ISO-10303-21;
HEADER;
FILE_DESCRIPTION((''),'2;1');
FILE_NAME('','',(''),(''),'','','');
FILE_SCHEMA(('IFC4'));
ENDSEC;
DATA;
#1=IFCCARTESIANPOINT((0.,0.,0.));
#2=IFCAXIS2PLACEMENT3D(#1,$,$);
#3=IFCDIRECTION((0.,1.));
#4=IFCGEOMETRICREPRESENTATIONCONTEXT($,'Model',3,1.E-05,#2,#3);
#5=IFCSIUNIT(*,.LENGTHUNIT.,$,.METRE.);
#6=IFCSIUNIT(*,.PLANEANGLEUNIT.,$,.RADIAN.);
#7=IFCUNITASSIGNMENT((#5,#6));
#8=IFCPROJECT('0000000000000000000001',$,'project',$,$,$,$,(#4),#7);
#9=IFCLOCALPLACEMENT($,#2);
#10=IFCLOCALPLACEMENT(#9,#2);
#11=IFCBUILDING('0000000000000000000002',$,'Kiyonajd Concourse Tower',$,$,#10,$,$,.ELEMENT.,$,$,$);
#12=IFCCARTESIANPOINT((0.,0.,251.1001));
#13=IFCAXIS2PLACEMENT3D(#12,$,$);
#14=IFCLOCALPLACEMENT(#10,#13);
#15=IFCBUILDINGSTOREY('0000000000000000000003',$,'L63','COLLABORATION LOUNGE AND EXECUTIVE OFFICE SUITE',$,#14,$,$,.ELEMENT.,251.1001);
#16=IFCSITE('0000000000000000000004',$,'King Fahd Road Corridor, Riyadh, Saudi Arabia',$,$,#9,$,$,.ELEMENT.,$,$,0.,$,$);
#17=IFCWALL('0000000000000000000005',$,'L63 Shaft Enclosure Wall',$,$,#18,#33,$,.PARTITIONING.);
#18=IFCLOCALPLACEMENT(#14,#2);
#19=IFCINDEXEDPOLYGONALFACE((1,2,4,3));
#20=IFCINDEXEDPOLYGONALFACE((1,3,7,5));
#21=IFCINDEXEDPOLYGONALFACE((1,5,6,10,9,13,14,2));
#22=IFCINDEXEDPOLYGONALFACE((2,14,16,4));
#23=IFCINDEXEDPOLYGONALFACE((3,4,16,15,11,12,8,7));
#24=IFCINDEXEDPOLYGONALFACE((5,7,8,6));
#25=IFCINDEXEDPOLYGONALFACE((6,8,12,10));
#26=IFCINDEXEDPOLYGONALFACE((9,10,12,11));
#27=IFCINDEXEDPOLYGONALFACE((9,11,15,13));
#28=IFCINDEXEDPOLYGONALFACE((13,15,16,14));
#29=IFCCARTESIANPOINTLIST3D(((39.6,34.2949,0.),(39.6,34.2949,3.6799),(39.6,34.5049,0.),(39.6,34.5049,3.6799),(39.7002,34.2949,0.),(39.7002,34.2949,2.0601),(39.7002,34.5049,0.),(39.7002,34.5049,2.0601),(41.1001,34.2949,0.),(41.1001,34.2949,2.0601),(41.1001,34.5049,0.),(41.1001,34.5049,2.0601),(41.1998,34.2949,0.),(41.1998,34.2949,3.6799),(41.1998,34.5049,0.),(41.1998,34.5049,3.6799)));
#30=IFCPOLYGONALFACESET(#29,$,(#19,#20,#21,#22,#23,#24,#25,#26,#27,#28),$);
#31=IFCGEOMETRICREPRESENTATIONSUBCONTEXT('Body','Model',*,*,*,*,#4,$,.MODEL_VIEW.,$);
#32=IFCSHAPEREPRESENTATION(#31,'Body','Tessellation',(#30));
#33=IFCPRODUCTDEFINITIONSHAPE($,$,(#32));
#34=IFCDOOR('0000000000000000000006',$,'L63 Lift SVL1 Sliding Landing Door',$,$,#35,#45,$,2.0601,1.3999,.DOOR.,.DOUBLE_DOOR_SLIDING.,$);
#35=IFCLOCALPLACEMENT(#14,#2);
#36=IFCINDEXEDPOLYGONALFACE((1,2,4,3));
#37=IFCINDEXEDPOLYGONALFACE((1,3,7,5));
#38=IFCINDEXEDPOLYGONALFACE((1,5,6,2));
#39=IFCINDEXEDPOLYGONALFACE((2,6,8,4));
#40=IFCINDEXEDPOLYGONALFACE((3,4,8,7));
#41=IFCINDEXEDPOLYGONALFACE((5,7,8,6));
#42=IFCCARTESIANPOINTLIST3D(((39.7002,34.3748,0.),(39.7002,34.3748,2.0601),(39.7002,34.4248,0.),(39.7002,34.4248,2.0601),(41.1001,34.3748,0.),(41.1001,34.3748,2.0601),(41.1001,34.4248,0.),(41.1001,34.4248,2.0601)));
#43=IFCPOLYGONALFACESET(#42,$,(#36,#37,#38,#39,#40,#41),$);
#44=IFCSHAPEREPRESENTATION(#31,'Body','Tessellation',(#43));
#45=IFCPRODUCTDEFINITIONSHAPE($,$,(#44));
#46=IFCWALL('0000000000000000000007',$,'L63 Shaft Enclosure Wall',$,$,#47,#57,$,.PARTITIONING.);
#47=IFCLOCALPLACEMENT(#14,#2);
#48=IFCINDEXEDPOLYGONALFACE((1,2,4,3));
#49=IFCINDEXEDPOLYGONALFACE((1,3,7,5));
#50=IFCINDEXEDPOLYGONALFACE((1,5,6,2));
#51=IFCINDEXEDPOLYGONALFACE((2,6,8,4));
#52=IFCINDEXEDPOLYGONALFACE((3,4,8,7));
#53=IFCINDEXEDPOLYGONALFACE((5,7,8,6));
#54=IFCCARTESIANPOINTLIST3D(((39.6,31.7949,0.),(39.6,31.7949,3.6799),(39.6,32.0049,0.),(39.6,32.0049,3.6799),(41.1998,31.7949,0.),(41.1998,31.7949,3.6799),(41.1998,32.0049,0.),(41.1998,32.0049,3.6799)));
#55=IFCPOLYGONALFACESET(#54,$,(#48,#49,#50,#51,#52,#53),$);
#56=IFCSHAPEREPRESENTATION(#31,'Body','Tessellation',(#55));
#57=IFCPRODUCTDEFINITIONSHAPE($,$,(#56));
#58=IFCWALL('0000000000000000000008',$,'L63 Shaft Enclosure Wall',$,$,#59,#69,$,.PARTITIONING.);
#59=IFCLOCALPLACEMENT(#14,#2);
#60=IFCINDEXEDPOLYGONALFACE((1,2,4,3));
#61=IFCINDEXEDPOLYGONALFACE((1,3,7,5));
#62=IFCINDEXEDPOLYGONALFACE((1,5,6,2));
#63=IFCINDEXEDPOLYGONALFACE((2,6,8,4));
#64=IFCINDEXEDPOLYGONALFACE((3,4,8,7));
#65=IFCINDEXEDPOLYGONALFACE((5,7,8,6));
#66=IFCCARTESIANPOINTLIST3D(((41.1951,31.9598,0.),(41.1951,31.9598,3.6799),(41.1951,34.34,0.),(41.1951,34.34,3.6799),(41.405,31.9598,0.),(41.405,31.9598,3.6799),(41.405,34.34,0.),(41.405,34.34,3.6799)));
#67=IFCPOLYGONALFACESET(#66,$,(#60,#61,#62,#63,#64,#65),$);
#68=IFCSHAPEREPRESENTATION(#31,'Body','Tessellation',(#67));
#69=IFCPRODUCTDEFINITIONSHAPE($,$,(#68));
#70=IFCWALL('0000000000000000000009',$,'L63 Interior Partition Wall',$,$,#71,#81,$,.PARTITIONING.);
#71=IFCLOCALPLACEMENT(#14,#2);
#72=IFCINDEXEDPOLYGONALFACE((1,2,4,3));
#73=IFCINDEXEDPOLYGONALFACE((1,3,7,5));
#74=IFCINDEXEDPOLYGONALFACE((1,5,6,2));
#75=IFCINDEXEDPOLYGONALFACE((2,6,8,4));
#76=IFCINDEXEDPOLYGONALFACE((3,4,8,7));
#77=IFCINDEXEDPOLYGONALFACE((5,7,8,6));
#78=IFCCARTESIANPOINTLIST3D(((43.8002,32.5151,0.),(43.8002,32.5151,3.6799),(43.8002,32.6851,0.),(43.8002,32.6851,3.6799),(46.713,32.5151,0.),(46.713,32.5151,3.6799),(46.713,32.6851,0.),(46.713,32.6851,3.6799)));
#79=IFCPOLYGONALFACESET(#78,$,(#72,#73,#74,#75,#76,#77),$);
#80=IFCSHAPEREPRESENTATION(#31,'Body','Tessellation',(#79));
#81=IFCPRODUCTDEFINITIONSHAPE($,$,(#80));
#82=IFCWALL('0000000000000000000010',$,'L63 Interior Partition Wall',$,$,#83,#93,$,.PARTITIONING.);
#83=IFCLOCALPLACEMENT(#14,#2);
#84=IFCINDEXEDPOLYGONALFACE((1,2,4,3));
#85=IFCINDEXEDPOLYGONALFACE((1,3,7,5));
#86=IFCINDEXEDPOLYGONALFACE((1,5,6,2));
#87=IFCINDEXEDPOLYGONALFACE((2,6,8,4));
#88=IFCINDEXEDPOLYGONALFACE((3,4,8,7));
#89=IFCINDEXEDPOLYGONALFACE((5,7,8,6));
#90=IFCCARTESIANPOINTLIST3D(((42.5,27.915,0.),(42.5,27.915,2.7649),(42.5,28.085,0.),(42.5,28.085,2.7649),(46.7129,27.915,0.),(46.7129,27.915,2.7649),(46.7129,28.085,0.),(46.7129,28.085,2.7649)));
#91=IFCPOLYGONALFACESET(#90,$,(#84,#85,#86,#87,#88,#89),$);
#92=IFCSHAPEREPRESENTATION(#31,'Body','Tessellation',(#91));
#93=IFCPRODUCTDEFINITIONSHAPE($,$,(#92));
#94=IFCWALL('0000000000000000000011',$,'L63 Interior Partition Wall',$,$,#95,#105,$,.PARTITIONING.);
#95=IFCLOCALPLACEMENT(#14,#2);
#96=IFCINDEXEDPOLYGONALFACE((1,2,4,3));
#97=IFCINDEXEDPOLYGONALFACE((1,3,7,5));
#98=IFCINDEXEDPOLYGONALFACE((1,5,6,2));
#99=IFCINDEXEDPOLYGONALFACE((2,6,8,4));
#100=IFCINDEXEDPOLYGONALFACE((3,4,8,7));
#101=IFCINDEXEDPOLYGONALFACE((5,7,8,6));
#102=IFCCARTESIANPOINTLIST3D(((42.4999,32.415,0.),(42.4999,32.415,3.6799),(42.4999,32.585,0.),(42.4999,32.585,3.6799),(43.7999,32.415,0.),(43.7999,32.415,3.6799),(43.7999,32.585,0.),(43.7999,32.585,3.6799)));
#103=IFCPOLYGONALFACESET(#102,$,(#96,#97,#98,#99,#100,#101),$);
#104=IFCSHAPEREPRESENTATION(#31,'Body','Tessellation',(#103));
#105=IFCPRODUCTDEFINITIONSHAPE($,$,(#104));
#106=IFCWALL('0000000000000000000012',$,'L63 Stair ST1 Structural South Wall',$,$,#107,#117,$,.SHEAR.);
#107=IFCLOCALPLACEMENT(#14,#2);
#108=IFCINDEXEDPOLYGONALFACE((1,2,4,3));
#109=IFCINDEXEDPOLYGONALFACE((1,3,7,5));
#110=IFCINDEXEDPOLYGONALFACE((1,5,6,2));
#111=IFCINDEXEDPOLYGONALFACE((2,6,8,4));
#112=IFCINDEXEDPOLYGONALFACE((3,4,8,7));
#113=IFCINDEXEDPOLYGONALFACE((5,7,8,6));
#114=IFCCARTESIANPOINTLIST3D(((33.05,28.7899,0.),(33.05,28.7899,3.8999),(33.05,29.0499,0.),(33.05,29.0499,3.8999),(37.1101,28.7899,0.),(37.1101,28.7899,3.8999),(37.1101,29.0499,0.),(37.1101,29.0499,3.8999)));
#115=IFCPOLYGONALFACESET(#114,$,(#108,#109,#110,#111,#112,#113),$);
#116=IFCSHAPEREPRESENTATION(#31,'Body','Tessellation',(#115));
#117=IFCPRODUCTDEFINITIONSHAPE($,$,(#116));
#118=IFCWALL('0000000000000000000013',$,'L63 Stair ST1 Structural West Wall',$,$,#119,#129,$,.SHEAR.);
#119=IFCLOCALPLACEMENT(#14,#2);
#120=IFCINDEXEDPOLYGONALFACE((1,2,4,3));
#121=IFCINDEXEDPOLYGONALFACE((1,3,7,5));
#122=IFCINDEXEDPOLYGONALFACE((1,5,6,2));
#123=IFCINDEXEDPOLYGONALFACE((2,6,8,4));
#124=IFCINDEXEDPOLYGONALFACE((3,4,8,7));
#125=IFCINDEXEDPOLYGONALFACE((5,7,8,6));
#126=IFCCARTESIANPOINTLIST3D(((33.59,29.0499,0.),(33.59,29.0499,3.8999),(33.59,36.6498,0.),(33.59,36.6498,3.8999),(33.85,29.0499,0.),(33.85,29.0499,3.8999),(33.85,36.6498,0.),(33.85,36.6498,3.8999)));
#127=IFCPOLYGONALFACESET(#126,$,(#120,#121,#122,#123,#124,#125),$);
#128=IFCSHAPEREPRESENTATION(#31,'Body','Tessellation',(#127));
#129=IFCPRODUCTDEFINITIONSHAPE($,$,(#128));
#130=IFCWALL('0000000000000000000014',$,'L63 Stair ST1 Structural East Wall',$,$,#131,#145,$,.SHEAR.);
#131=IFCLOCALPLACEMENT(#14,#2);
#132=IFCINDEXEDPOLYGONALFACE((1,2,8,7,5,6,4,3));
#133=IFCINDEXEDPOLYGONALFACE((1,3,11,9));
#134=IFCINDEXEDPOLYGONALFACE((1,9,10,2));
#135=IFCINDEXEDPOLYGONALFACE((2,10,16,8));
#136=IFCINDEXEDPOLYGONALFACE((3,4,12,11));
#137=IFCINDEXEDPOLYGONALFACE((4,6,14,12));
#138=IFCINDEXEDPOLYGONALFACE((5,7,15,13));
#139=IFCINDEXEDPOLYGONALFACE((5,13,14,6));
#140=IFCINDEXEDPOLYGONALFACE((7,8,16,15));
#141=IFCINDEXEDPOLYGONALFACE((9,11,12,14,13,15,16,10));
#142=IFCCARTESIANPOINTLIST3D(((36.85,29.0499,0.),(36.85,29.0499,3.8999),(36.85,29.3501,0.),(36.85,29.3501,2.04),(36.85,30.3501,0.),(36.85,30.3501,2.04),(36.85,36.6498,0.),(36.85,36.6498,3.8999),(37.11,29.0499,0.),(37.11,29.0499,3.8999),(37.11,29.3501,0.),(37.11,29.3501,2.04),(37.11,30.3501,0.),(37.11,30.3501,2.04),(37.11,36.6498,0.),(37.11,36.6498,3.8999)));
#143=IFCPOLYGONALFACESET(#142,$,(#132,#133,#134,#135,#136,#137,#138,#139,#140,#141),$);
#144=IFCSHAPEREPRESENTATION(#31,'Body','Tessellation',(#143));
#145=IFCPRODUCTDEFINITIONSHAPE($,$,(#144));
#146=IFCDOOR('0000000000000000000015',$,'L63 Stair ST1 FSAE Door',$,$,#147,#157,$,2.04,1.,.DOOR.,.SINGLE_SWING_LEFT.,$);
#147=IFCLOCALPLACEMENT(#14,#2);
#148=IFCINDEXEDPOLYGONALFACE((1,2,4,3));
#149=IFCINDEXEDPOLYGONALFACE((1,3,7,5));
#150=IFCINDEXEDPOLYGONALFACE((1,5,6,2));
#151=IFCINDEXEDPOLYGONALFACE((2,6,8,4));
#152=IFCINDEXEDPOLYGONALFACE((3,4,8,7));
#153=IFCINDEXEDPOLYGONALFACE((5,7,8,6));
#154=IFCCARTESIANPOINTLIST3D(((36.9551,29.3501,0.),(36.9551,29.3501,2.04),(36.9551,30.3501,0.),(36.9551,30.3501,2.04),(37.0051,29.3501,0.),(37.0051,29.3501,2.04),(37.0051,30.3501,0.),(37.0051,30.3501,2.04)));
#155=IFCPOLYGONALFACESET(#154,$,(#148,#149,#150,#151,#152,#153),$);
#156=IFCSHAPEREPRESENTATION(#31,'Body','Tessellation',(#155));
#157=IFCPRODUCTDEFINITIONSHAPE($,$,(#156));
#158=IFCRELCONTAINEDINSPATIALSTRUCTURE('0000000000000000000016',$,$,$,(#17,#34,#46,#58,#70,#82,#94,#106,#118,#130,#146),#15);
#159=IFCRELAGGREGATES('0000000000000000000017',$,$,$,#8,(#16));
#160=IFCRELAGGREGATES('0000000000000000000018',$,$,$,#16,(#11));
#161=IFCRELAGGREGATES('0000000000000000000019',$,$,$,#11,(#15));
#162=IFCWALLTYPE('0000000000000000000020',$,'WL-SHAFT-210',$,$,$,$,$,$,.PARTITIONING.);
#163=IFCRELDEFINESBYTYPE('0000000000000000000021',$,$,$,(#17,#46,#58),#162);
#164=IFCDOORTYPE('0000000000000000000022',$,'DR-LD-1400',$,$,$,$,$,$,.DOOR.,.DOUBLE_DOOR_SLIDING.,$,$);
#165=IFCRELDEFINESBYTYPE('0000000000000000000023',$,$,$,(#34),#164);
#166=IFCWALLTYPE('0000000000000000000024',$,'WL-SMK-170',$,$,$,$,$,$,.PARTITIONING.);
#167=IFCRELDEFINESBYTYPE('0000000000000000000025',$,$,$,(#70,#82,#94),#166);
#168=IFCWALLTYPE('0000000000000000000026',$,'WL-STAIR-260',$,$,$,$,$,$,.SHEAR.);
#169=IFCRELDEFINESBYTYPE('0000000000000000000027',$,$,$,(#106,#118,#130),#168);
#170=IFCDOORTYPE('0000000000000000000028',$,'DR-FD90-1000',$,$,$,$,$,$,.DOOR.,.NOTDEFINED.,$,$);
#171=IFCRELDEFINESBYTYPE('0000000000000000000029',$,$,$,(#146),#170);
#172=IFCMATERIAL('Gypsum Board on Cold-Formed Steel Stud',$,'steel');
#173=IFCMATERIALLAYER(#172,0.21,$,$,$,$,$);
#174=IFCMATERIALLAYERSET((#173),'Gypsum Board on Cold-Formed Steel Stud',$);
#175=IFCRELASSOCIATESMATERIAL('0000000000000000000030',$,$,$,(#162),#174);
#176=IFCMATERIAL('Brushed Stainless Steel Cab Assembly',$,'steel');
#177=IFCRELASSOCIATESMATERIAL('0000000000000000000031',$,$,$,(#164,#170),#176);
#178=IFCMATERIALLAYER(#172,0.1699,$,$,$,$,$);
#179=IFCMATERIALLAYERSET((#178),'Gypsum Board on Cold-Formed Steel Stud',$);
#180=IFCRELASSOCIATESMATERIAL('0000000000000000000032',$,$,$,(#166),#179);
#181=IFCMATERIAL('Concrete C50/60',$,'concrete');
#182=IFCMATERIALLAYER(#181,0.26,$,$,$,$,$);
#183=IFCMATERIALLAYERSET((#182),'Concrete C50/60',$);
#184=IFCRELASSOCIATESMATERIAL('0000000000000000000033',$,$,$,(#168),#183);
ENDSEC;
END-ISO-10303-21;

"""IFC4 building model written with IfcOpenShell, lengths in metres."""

from ifc_helpers import new_model, si_unit, direction, frame, frame_2d, origin, place, context, subcontext, project, spatial, rectangle, extrude, material, layer, layer_set, type_object, element, fill, save


model = new_model("IFC4")

# Units and contexts
model_context = context("Model", 3, precision=1e-05, world=origin(), true_north=direction((0.0, 1.0)))
body_context = subcontext(model_context, "Body", "Model", "MODEL_VIEW")
ifc_project = project(units=[si_unit("LENGTHUNIT", "METRE"), si_unit("PLANEANGLEUNIT", "RADIAN")], contexts=[model_context])

# Site, building, storey
site_placement = place(None, origin())
site = spatial("IfcSite", under=ifc_project, at=site_placement, Name="King Fahd Road Corridor, Riyadh, Saudi Arabia", CompositionType="ELEMENT", RefElevation=0.0)
building_placement = place(site_placement, origin())
building = spatial("IfcBuilding", under=site, at=building_placement, Name="Kiyonajd Concourse Tower", CompositionType="ELEMENT")
storey_placement = place(building_placement, frame((0.0, 0.0, 251.1001)))
storey = spatial("IfcBuildingStorey", under=building, at=storey_placement, Name="L63", Description="COLLABORATION LOUNGE AND EXECUTIVE OFFICE SUITE", CompositionType="ELEMENT", Elevation=251.1001)

# Shared definitions
ifc_material_1 = material(Name="Concrete C50/60", Category="concrete")

# Shared definitions
ifc_material_2 = material(Name="Brushed Stainless Steel Cab Assembly", Category="steel")

# Shared definitions
ifc_material_3 = material(Name="Gypsum Board on Cold-Formed Steel Stud", Category="steel")

# Shared definitions
ifc_layer_1 = layer(ifc_material_3, 0.21)
ifc_layer_set_1 = layer_set([ifc_layer_1], Name="Gypsum Board on Cold-Formed Steel Stud")
wall_type_1 = type_object("IfcWallType", Name="WL-SHAFT-210", PredefinedType="PARTITIONING", material=ifc_layer_set_1)

# Wall, opening, door
wall_1_placement = place(storey_placement, frame((39.6001, 34.3999, 0.0), z_axis=(0.0, 0.0, 1.0), x_axis=(1.0, 0.0, 0.0)))
wall_1 = element("IfcWall", 1, at=wall_1_placement, inside=storey, type_object=wall_type_1, Name="L63 Shaft Enclosure Wall", PredefinedType="PARTITIONING", context=body_context, shape_type="SweptSolid", body=[
    extrude(rectangle(XDim=1.5999, YDim=0.21, at=frame_2d((0.7998, 0.0))), origin(), (0.0, 0.0, 1.0), 3.6799),
])
opening_1_placement = place(wall_1_placement, frame((0.1001, 0.0, 0.0)))
opening_1 = element("IfcOpeningElement", 2, at=opening_1_placement, cuts=wall_1, PredefinedType="OPENING", context=body_context, shape_type="SweptSolid", body=[
    extrude(rectangle(XDim=1.3999, YDim=2.0601, at=frame_2d((0.7, 1.03))), frame((0.0, 0.115, 0.0), z_axis=(0.0, -1.0, 0.0), x_axis=(1.0, 0.0, 0.0)), (0.0, 0.0, 1.0), 0.23),
])
door_type_1 = type_object("IfcDoorType", Name="DR-LD-1400", OperationType="DOUBLE_DOOR_SLIDING", PredefinedType="DOOR", material=ifc_material_2)
door_1_placement = place(opening_1_placement, origin())
door_1 = element("IfcDoor", 3, at=door_1_placement, inside=storey, type_object=door_type_1, Name="L63 Lift SVL1 Sliding Landing Door", OperationType="DOUBLE_DOOR_SLIDING", OverallHeight=2.0601, OverallWidth=1.3999, PredefinedType="DOOR", context=body_context, shape_type="SweptSolid", body=[
    extrude(rectangle(XDim=1.3999, YDim=2.0601, at=frame_2d((0.7, 1.03))), frame((0.0, 0.0249, 0.0), z_axis=(0.0, -1.0, 0.0), x_axis=(1.0, 0.0, 0.0)), (0.0, 0.0, 1.0), 0.05),
])
fill(opening_1, door_1)

# Walls
wall_2_placement = place(storey_placement, frame((39.6001, 31.8999, 0.0), z_axis=(0.0, 0.0, 1.0), x_axis=(1.0, 0.0, 0.0)))
element("IfcWall", 4, at=wall_2_placement, inside=storey, type_object=wall_type_1, Name="L63 Shaft Enclosure Wall", PredefinedType="PARTITIONING", context=body_context, shape_type="SweptSolid", body=[
    extrude(rectangle(XDim=1.5999, YDim=0.21, at=frame_2d((0.7998, 0.0))), origin(), (0.0, 0.0, 1.0), 3.6799),
])
wall_3_placement = place(storey_placement, frame((41.3, 31.96, 0.0), z_axis=(0.0, 0.0, 1.0), x_axis=(0.0, 1.0, 0.0)))
element("IfcWall", 5, at=wall_3_placement, inside=storey, type_object=wall_type_1, Name="L63 Shaft Enclosure Wall", PredefinedType="PARTITIONING", context=body_context, shape_type="SweptSolid", body=[
    extrude(rectangle(XDim=2.3801, YDim=0.21, at=frame_2d((1.1899, 0.0))), origin(), (0.0, 0.0, 1.0), 3.6799),
])
ifc_layer_2 = layer(ifc_material_3, 0.1699)
ifc_layer_set_2 = layer_set([ifc_layer_2], Name="Gypsum Board on Cold-Formed Steel Stud")
wall_type_2 = type_object("IfcWallType", Name="WL-SMK-170", PredefinedType="PARTITIONING", material=ifc_layer_set_2)
wall_4_placement = place(storey_placement, frame((43.8, 32.6001, 0.0), z_axis=(0.0, 0.0, 1.0), x_axis=(1.0, 0.0, 0.0)))
element("IfcWall", 6, at=wall_4_placement, inside=storey, type_object=wall_type_2, Name="L63 Interior Partition Wall", PredefinedType="PARTITIONING", context=body_context, shape_type="SweptSolid", body=[
    extrude(rectangle(XDim=2.9128, YDim=0.1699, at=frame_2d((1.4565, 0.0))), origin(), (0.0, 0.0, 1.0), 3.6799),
])
wall_5_placement = place(storey_placement, frame((42.5, 28.0, 0.0), z_axis=(0.0, 0.0, 1.0), x_axis=(1.0, 0.0, 0.0)))
element("IfcWall", 7, at=wall_5_placement, inside=storey, type_object=wall_type_2, Name="L63 Interior Partition Wall", PredefinedType="PARTITIONING", context=body_context, shape_type="SweptSolid", body=[
    extrude(rectangle(XDim=4.2129, YDim=0.1699, at=frame_2d((2.1064, 0.0))), origin(), (0.0, 0.0, 1.0), 2.7649),
])
wall_6_placement = place(storey_placement, frame((42.5, 32.5, 0.0), z_axis=(0.0, 0.0, 1.0), x_axis=(1.0, 0.0, 0.0)))
element("IfcWall", 8, at=wall_6_placement, inside=storey, type_object=wall_type_2, Name="L63 Interior Partition Wall", PredefinedType="PARTITIONING", context=body_context, shape_type="SweptSolid", body=[
    extrude(rectangle(XDim=1.3, YDim=0.1699, at=frame_2d((0.6499, 0.0))), origin(), (0.0, 0.0, 1.0), 3.6799),
])
ifc_layer_3 = layer(ifc_material_1, 0.26)
ifc_layer_set_3 = layer_set([ifc_layer_3], Name="Concrete C50/60")
wall_type_3 = type_object("IfcWallType", Name="WL-STAIR-260", PredefinedType="SHEAR", material=ifc_layer_set_3)
wall_7_placement = place(storey_placement, frame((33.05, 28.9199, 0.0), z_axis=(0.0, 0.0, 1.0), x_axis=(1.0, 0.0, 0.0)))
element("IfcWall", 9, at=wall_7_placement, inside=storey, type_object=wall_type_3, Name="L63 Stair ST1 Structural South Wall", PredefinedType="SHEAR", context=body_context, shape_type="SweptSolid", body=[
    extrude(rectangle(XDim=4.0601, YDim=0.26, at=frame_2d((2.03, 0.0))), origin(), (0.0, 0.0, 1.0), 3.8999),
])
wall_8_placement = place(storey_placement, frame((33.72, 29.05, 0.0), z_axis=(0.0, 0.0, 1.0), x_axis=(0.0, 1.0, 0.0)))
element("IfcWall", 10, at=wall_8_placement, inside=storey, type_object=wall_type_3, Name="L63 Stair ST1 Structural West Wall", PredefinedType="SHEAR", context=body_context, shape_type="SweptSolid", body=[
    extrude(rectangle(XDim=7.5999, YDim=0.26, at=frame_2d((3.7998, 0.0))), origin(), (0.0, 0.0, 1.0), 3.8999),
])

# Wall, opening, door
wall_9_placement = place(storey_placement, frame((36.98, 29.05, 0.0), z_axis=(0.0, 0.0, 1.0), x_axis=(0.0, 1.0, 0.0)))
wall_9 = element("IfcWall", 11, at=wall_9_placement, inside=storey, type_object=wall_type_3, Name="L63 Stair ST1 Structural East Wall", PredefinedType="SHEAR", context=body_context, shape_type="SweptSolid", body=[
    extrude(rectangle(XDim=7.5999, YDim=0.26, at=frame_2d((3.7998, 0.0))), origin(), (0.0, 0.0, 1.0), 3.8999),
])
opening_2_placement = place(wall_9_placement, frame((0.3, 0.0, 0.0)))
opening_2 = element("IfcOpeningElement", 12, at=opening_2_placement, cuts=wall_9, PredefinedType="OPENING", context=body_context, shape_type="SweptSolid", body=[
    extrude(rectangle(XDim=1.0, YDim=2.04, at=frame_2d((0.5, 1.02))), frame((0.0, 0.1399, 0.0), z_axis=(0.0, -1.0, 0.0), x_axis=(1.0, 0.0, 0.0)), (0.0, 0.0, 1.0), 0.28),
])
door_type_2 = type_object("IfcDoorType", Name="DR-FD90-1000", OperationType="NOTDEFINED", PredefinedType="DOOR", material=ifc_material_2)
door_2_placement = place(opening_2_placement, origin())
door_2 = element("IfcDoor", 13, at=door_2_placement, inside=storey, type_object=door_type_2, Name="L63 Stair ST1 FSAE Door", OperationType="SINGLE_SWING_LEFT", OverallHeight=2.04, OverallWidth=1.0, PredefinedType="DOOR", context=body_context, shape_type="SweptSolid", body=[
    extrude(rectangle(XDim=1.0, YDim=2.04, at=frame_2d((0.5, 1.02))), frame((0.0, 0.0249, 0.0), z_axis=(0.0, -1.0, 0.0), x_axis=(1.0, 0.0, 0.0)), (0.0, 0.0, 1.0), 0.05),
])
fill(opening_2, door_2)

save(model, "model.ifc")
